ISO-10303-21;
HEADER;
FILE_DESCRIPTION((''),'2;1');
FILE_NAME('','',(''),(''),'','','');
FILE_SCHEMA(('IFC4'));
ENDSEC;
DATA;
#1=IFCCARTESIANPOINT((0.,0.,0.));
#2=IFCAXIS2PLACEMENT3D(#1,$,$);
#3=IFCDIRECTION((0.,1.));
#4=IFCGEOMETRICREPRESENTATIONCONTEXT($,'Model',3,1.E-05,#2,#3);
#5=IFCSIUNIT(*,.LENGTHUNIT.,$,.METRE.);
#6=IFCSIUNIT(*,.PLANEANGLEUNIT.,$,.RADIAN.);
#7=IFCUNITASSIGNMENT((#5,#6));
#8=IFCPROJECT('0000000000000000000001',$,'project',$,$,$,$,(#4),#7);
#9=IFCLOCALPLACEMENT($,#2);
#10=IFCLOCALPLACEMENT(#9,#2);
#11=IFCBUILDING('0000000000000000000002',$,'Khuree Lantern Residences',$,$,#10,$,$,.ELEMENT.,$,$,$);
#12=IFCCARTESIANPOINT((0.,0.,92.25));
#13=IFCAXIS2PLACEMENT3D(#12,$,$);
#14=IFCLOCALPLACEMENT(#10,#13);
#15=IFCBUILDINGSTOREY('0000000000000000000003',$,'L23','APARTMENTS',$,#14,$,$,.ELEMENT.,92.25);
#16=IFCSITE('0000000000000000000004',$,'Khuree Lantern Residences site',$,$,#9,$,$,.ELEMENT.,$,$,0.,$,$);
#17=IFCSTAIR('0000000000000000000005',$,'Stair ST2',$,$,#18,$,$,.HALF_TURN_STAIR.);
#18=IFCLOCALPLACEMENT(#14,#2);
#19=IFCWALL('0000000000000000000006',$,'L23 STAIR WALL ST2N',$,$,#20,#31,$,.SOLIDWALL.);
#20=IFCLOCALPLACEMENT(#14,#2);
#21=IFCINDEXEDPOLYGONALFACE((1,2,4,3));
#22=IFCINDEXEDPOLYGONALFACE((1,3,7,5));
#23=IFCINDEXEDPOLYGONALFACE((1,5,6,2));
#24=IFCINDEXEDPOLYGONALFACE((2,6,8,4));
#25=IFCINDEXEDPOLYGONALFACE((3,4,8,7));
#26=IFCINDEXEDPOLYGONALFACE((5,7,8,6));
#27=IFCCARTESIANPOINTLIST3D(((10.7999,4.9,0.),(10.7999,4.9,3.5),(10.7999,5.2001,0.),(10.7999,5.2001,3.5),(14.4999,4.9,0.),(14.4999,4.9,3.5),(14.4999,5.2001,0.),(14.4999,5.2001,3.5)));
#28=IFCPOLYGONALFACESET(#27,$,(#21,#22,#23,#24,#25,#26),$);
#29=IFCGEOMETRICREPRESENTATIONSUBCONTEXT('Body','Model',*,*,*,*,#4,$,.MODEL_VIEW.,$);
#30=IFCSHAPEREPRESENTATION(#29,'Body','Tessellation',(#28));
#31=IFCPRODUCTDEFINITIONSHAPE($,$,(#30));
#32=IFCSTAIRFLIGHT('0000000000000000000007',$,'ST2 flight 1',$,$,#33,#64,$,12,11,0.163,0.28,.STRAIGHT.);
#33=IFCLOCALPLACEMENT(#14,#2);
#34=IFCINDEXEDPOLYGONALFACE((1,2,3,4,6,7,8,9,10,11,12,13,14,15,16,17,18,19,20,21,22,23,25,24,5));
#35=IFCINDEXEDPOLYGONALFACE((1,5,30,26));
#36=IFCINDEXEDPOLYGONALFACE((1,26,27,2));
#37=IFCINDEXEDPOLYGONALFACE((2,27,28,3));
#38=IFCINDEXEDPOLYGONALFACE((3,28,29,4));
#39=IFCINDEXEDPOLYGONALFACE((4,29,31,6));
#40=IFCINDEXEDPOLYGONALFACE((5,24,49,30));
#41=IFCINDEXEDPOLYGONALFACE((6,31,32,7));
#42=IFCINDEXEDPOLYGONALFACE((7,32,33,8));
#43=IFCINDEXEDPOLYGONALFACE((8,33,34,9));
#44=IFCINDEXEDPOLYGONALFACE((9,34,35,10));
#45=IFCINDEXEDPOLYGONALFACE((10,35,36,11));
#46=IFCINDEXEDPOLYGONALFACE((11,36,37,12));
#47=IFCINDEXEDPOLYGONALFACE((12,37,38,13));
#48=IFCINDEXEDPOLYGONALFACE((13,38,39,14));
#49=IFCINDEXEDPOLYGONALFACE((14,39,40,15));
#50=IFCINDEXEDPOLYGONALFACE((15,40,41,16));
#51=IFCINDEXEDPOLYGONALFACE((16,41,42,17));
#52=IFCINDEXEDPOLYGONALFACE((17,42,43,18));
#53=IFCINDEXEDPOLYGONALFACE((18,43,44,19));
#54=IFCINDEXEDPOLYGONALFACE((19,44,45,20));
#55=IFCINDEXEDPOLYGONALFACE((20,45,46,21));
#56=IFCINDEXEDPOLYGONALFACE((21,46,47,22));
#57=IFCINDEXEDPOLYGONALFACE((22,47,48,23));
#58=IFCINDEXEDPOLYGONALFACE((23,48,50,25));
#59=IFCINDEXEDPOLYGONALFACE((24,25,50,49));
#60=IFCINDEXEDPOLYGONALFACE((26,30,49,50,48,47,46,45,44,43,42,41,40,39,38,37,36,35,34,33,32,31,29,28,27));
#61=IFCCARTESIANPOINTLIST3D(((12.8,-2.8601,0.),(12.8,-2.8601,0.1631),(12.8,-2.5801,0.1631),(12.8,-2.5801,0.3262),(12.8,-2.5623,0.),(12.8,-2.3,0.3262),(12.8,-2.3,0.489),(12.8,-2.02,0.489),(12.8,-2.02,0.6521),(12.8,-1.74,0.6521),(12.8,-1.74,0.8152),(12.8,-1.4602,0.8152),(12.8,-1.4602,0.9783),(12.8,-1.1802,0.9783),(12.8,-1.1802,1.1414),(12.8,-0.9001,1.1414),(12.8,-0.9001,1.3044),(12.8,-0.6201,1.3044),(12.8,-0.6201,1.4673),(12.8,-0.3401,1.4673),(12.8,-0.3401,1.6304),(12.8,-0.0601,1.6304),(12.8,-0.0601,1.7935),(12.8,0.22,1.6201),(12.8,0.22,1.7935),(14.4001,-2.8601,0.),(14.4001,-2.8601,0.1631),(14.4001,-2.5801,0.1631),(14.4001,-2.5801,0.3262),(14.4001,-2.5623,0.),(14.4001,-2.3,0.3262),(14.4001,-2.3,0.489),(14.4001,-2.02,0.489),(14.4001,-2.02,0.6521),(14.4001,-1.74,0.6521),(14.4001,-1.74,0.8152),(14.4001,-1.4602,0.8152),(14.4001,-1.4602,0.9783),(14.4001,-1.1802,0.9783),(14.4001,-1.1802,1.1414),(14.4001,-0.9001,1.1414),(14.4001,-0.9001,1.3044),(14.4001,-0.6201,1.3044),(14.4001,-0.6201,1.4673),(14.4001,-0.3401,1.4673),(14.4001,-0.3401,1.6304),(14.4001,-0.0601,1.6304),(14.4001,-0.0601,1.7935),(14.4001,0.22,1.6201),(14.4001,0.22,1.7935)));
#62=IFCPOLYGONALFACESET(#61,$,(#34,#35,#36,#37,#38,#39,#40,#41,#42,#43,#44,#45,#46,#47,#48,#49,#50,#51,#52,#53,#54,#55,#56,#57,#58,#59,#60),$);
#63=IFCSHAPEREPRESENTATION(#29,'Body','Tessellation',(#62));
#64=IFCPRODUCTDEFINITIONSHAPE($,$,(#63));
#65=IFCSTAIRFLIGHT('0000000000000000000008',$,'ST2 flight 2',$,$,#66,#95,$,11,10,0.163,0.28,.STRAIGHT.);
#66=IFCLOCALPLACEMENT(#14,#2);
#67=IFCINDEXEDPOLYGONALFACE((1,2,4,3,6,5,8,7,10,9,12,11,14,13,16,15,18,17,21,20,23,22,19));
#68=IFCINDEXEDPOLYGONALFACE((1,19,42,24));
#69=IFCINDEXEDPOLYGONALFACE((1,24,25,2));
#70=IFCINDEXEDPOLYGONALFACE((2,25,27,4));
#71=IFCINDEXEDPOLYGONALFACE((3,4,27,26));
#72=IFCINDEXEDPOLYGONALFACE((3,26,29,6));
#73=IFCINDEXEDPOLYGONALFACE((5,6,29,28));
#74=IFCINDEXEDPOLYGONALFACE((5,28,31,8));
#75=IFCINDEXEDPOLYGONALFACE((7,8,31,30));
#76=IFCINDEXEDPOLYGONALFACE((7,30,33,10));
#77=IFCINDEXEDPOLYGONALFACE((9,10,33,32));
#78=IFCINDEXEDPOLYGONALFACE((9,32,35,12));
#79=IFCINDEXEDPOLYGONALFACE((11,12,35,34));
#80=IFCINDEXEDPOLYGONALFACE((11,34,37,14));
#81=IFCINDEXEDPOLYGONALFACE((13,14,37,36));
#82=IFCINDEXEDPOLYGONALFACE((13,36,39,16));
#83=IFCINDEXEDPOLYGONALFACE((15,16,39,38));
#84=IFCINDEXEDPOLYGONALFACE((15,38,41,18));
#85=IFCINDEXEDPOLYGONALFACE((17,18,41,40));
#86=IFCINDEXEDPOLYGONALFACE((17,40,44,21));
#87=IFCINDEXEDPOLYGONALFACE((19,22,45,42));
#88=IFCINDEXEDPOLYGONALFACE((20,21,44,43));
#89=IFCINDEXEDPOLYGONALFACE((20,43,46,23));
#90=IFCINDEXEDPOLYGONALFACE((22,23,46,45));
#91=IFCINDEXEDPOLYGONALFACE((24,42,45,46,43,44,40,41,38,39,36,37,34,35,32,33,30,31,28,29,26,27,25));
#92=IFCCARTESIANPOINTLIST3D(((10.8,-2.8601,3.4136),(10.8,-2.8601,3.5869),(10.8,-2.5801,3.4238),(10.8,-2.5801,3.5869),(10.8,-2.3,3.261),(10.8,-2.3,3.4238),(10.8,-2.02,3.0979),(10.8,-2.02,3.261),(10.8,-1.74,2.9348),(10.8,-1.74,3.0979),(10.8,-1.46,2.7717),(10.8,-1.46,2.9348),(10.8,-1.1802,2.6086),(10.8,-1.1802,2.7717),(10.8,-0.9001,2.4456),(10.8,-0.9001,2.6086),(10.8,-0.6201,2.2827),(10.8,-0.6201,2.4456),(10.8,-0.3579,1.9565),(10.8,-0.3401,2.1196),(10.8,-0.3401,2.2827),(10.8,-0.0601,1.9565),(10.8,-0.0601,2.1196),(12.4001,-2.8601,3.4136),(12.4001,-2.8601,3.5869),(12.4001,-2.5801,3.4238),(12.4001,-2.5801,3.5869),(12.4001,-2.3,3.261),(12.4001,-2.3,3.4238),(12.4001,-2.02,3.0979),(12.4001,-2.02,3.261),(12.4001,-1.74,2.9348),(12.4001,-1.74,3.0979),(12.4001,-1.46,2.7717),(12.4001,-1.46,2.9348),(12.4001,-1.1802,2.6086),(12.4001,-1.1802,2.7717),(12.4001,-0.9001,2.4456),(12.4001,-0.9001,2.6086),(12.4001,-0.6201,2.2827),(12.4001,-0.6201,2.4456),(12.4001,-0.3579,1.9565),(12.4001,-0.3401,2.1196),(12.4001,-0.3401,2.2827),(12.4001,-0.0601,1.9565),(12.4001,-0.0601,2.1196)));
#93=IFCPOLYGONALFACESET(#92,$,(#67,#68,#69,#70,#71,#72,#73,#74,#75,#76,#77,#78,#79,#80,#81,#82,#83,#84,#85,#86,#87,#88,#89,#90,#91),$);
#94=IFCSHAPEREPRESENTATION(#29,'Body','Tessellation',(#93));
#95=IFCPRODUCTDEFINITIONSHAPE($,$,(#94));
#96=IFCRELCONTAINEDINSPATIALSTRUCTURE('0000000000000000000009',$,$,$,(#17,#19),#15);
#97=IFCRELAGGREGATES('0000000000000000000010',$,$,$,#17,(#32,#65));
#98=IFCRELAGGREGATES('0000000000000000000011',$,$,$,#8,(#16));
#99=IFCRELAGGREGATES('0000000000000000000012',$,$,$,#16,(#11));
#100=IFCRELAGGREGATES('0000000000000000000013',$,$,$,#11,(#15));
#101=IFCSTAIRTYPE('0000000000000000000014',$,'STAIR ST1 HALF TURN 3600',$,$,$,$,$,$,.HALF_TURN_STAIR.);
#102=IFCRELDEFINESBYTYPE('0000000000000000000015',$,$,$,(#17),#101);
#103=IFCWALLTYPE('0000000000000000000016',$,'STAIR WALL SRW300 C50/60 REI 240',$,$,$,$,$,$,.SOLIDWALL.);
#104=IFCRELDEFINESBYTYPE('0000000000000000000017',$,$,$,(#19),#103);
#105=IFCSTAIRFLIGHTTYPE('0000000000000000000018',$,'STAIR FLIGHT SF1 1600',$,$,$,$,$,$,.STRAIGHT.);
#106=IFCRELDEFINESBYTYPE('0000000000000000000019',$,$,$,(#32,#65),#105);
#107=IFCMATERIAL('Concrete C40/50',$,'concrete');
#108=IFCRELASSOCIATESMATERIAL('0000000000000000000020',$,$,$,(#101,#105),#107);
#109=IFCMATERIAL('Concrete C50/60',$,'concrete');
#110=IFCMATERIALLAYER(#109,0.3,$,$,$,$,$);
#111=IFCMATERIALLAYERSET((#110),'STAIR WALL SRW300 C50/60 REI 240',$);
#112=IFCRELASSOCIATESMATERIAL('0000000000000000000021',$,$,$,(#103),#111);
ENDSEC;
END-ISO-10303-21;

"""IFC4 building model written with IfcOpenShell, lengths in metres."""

from ifc_helpers import new_model, si_unit, direction, frame, frame_2d, origin, place, context, subcontext, project, spatial, polyline, rectangle, outline, extrude, material, layer, layer_set, type_object, element, aggregate, save


model = new_model("IFC4")

# Units and contexts
model_context = context("Model", 3, precision=1e-05, world=origin(), true_north=direction((0.0, 1.0)))
body_context = subcontext(model_context, "Body", "Model", "MODEL_VIEW")
ifc_project = project(units=[si_unit("LENGTHUNIT", "METRE"), si_unit("PLANEANGLEUNIT", "RADIAN")], contexts=[model_context])

# Site, building, storey
site_placement = place(None, origin())
site = spatial("IfcSite", under=ifc_project, at=site_placement, Name="Khuree Lantern Residences site", CompositionType="ELEMENT", RefElevation=0.0)
building_placement = place(site_placement, origin())
building = spatial("IfcBuilding", under=site, at=building_placement, Name="Khuree Lantern Residences", CompositionType="ELEMENT")
storey_placement = place(building_placement, frame((0.0, 0.0, 92.25)))
storey = spatial("IfcBuildingStorey", under=building, at=storey_placement, Name="L23", Description="APARTMENTS", CompositionType="ELEMENT", Elevation=92.25)

# Stair
ifc_material_1 = material(Name="Concrete C40/50", Category="concrete")
stair_type = type_object("IfcStairType", Name="STAIR ST1 HALF TURN 3600", PredefinedType="HALF_TURN_STAIR", material=ifc_material_1)
stair_1_placement = place(storey_placement, origin())
stair_1 = element("IfcStair", 1, at=stair_1_placement, inside=storey, type_object=stair_type, Name="Stair ST2", PredefinedType="HALF_TURN_STAIR")

# Wall
ifc_material_2 = material(Name="Concrete C50/60", Category="concrete")
ifc_layer_1 = layer(ifc_material_2, 0.3)
ifc_layer_set_1 = layer_set([ifc_layer_1], Name="STAIR WALL SRW300 C50/60 REI 240")
wall_type_1 = type_object("IfcWallType", Name="STAIR WALL SRW300 C50/60 REI 240", PredefinedType="SOLIDWALL", material=ifc_layer_set_1)
wall_1_placement = place(storey_placement, frame((14.5, 5.05, 0.0), z_axis=(0.0, 0.0, 1.0), x_axis=(-1.0, 0.0, 0.0)))
element("IfcWall", 2, at=wall_1_placement, inside=storey, type_object=wall_type_1, Name="L23 STAIR WALL ST2N", PredefinedType="SOLIDWALL", context=body_context, shape_type="SweptSolid", body=[
    extrude(rectangle(XDim=3.7, YDim=0.3, at=frame_2d((1.8501, 0.0))), origin(), (0.0, 0.0, 1.0), 3.5),
])

# Stair flights
stair_flight_type = type_object("IfcStairFlightType", Name="STAIR FLIGHT SF1 1600", PredefinedType="STRAIGHT", material=ifc_material_1)
stair_flight_1_placement = place(storey_placement, frame((13.6001, -2.8601, 0.0), z_axis=(0.0, 0.0, 1.0), x_axis=(0.0, 1.0, 0.0)))
stair_flight_1 = element("IfcStairFlight", 3, at=stair_flight_1_placement, type_object=stair_flight_type, Name="ST2 flight 1", NumberOfRisers=12, NumberOfTreads=11, PredefinedType="STRAIGHT", RiserHeight=0.163, TreadLength=0.28, context=body_context, shape_type="SweptSolid", body=[
    extrude(outline(polyline([(0.0, 0.0), (0.0, 0.1631), (0.28, 0.1631), (0.28, 0.3262), (0.5601, 0.3262), (0.5601, 0.489), (0.8401, 0.489), (0.8401, 0.6521), (1.1201, 0.6521), (1.1201, 0.8152), (1.3999, 0.8152), (1.3999, 0.9783), (1.6799, 0.9783), (1.6799, 1.1414), (1.96, 1.1414), (1.96, 1.3044), (2.24, 1.3044), (2.24, 1.4673), (2.52, 1.4673), (2.52, 1.6304), (2.8, 1.6304), (2.8, 1.7935), (3.0801, 1.7935), (3.0801, 1.9565), (3.0801, 1.6201), (0.2979, 0.0), (0.0, 0.0)])), frame((0.0, 0.8, 0.0), z_axis=(0.0, -1.0, 0.0), x_axis=(1.0, 0.0, 0.0)), (0.0, 0.0, 1.0), 1.6001),
])
stair_flight_2_placement = place(storey_placement, frame((11.6001, -0.0601, 1.9565), z_axis=(0.0, 0.0, 1.0), x_axis=(0.0, -1.0, 0.0)))
stair_flight_2 = element("IfcStairFlight", 4, at=stair_flight_2_placement, type_object=stair_flight_type, Name="ST2 flight 2", NumberOfRisers=11, NumberOfTreads=10, PredefinedType="STRAIGHT", RiserHeight=0.163, TreadLength=0.28, context=body_context, shape_type="SweptSolid", body=[
    extrude(outline(polyline([(0.0, 0.0), (0.0, 0.1631), (0.28, 0.1631), (0.28, 0.3262), (0.5601, 0.3262), (0.5601, 0.489), (0.8401, 0.489), (0.8401, 0.6521), (1.1201, 0.6521), (1.1201, 0.8152), (1.3999, 0.8152), (1.3999, 0.9783), (1.6799, 0.9783), (1.6799, 1.1414), (1.96, 1.1414), (1.96, 1.3044), (2.24, 1.3044), (2.24, 1.4673), (2.52, 1.4673), (2.52, 1.6304), (2.8, 1.6304), (2.8, 1.7935), (2.8, 1.457), (0.2979, 0.0), (0.0, 0.0)])), frame((0.0, 0.8, 0.0), z_axis=(0.0, -1.0, 0.0), x_axis=(1.0, 0.0, 0.0)), (0.0, 0.0, 1.0), 1.6001),
])
aggregate(stair_1, [stair_flight_1, stair_flight_2])

save(model, "model.ifc")
